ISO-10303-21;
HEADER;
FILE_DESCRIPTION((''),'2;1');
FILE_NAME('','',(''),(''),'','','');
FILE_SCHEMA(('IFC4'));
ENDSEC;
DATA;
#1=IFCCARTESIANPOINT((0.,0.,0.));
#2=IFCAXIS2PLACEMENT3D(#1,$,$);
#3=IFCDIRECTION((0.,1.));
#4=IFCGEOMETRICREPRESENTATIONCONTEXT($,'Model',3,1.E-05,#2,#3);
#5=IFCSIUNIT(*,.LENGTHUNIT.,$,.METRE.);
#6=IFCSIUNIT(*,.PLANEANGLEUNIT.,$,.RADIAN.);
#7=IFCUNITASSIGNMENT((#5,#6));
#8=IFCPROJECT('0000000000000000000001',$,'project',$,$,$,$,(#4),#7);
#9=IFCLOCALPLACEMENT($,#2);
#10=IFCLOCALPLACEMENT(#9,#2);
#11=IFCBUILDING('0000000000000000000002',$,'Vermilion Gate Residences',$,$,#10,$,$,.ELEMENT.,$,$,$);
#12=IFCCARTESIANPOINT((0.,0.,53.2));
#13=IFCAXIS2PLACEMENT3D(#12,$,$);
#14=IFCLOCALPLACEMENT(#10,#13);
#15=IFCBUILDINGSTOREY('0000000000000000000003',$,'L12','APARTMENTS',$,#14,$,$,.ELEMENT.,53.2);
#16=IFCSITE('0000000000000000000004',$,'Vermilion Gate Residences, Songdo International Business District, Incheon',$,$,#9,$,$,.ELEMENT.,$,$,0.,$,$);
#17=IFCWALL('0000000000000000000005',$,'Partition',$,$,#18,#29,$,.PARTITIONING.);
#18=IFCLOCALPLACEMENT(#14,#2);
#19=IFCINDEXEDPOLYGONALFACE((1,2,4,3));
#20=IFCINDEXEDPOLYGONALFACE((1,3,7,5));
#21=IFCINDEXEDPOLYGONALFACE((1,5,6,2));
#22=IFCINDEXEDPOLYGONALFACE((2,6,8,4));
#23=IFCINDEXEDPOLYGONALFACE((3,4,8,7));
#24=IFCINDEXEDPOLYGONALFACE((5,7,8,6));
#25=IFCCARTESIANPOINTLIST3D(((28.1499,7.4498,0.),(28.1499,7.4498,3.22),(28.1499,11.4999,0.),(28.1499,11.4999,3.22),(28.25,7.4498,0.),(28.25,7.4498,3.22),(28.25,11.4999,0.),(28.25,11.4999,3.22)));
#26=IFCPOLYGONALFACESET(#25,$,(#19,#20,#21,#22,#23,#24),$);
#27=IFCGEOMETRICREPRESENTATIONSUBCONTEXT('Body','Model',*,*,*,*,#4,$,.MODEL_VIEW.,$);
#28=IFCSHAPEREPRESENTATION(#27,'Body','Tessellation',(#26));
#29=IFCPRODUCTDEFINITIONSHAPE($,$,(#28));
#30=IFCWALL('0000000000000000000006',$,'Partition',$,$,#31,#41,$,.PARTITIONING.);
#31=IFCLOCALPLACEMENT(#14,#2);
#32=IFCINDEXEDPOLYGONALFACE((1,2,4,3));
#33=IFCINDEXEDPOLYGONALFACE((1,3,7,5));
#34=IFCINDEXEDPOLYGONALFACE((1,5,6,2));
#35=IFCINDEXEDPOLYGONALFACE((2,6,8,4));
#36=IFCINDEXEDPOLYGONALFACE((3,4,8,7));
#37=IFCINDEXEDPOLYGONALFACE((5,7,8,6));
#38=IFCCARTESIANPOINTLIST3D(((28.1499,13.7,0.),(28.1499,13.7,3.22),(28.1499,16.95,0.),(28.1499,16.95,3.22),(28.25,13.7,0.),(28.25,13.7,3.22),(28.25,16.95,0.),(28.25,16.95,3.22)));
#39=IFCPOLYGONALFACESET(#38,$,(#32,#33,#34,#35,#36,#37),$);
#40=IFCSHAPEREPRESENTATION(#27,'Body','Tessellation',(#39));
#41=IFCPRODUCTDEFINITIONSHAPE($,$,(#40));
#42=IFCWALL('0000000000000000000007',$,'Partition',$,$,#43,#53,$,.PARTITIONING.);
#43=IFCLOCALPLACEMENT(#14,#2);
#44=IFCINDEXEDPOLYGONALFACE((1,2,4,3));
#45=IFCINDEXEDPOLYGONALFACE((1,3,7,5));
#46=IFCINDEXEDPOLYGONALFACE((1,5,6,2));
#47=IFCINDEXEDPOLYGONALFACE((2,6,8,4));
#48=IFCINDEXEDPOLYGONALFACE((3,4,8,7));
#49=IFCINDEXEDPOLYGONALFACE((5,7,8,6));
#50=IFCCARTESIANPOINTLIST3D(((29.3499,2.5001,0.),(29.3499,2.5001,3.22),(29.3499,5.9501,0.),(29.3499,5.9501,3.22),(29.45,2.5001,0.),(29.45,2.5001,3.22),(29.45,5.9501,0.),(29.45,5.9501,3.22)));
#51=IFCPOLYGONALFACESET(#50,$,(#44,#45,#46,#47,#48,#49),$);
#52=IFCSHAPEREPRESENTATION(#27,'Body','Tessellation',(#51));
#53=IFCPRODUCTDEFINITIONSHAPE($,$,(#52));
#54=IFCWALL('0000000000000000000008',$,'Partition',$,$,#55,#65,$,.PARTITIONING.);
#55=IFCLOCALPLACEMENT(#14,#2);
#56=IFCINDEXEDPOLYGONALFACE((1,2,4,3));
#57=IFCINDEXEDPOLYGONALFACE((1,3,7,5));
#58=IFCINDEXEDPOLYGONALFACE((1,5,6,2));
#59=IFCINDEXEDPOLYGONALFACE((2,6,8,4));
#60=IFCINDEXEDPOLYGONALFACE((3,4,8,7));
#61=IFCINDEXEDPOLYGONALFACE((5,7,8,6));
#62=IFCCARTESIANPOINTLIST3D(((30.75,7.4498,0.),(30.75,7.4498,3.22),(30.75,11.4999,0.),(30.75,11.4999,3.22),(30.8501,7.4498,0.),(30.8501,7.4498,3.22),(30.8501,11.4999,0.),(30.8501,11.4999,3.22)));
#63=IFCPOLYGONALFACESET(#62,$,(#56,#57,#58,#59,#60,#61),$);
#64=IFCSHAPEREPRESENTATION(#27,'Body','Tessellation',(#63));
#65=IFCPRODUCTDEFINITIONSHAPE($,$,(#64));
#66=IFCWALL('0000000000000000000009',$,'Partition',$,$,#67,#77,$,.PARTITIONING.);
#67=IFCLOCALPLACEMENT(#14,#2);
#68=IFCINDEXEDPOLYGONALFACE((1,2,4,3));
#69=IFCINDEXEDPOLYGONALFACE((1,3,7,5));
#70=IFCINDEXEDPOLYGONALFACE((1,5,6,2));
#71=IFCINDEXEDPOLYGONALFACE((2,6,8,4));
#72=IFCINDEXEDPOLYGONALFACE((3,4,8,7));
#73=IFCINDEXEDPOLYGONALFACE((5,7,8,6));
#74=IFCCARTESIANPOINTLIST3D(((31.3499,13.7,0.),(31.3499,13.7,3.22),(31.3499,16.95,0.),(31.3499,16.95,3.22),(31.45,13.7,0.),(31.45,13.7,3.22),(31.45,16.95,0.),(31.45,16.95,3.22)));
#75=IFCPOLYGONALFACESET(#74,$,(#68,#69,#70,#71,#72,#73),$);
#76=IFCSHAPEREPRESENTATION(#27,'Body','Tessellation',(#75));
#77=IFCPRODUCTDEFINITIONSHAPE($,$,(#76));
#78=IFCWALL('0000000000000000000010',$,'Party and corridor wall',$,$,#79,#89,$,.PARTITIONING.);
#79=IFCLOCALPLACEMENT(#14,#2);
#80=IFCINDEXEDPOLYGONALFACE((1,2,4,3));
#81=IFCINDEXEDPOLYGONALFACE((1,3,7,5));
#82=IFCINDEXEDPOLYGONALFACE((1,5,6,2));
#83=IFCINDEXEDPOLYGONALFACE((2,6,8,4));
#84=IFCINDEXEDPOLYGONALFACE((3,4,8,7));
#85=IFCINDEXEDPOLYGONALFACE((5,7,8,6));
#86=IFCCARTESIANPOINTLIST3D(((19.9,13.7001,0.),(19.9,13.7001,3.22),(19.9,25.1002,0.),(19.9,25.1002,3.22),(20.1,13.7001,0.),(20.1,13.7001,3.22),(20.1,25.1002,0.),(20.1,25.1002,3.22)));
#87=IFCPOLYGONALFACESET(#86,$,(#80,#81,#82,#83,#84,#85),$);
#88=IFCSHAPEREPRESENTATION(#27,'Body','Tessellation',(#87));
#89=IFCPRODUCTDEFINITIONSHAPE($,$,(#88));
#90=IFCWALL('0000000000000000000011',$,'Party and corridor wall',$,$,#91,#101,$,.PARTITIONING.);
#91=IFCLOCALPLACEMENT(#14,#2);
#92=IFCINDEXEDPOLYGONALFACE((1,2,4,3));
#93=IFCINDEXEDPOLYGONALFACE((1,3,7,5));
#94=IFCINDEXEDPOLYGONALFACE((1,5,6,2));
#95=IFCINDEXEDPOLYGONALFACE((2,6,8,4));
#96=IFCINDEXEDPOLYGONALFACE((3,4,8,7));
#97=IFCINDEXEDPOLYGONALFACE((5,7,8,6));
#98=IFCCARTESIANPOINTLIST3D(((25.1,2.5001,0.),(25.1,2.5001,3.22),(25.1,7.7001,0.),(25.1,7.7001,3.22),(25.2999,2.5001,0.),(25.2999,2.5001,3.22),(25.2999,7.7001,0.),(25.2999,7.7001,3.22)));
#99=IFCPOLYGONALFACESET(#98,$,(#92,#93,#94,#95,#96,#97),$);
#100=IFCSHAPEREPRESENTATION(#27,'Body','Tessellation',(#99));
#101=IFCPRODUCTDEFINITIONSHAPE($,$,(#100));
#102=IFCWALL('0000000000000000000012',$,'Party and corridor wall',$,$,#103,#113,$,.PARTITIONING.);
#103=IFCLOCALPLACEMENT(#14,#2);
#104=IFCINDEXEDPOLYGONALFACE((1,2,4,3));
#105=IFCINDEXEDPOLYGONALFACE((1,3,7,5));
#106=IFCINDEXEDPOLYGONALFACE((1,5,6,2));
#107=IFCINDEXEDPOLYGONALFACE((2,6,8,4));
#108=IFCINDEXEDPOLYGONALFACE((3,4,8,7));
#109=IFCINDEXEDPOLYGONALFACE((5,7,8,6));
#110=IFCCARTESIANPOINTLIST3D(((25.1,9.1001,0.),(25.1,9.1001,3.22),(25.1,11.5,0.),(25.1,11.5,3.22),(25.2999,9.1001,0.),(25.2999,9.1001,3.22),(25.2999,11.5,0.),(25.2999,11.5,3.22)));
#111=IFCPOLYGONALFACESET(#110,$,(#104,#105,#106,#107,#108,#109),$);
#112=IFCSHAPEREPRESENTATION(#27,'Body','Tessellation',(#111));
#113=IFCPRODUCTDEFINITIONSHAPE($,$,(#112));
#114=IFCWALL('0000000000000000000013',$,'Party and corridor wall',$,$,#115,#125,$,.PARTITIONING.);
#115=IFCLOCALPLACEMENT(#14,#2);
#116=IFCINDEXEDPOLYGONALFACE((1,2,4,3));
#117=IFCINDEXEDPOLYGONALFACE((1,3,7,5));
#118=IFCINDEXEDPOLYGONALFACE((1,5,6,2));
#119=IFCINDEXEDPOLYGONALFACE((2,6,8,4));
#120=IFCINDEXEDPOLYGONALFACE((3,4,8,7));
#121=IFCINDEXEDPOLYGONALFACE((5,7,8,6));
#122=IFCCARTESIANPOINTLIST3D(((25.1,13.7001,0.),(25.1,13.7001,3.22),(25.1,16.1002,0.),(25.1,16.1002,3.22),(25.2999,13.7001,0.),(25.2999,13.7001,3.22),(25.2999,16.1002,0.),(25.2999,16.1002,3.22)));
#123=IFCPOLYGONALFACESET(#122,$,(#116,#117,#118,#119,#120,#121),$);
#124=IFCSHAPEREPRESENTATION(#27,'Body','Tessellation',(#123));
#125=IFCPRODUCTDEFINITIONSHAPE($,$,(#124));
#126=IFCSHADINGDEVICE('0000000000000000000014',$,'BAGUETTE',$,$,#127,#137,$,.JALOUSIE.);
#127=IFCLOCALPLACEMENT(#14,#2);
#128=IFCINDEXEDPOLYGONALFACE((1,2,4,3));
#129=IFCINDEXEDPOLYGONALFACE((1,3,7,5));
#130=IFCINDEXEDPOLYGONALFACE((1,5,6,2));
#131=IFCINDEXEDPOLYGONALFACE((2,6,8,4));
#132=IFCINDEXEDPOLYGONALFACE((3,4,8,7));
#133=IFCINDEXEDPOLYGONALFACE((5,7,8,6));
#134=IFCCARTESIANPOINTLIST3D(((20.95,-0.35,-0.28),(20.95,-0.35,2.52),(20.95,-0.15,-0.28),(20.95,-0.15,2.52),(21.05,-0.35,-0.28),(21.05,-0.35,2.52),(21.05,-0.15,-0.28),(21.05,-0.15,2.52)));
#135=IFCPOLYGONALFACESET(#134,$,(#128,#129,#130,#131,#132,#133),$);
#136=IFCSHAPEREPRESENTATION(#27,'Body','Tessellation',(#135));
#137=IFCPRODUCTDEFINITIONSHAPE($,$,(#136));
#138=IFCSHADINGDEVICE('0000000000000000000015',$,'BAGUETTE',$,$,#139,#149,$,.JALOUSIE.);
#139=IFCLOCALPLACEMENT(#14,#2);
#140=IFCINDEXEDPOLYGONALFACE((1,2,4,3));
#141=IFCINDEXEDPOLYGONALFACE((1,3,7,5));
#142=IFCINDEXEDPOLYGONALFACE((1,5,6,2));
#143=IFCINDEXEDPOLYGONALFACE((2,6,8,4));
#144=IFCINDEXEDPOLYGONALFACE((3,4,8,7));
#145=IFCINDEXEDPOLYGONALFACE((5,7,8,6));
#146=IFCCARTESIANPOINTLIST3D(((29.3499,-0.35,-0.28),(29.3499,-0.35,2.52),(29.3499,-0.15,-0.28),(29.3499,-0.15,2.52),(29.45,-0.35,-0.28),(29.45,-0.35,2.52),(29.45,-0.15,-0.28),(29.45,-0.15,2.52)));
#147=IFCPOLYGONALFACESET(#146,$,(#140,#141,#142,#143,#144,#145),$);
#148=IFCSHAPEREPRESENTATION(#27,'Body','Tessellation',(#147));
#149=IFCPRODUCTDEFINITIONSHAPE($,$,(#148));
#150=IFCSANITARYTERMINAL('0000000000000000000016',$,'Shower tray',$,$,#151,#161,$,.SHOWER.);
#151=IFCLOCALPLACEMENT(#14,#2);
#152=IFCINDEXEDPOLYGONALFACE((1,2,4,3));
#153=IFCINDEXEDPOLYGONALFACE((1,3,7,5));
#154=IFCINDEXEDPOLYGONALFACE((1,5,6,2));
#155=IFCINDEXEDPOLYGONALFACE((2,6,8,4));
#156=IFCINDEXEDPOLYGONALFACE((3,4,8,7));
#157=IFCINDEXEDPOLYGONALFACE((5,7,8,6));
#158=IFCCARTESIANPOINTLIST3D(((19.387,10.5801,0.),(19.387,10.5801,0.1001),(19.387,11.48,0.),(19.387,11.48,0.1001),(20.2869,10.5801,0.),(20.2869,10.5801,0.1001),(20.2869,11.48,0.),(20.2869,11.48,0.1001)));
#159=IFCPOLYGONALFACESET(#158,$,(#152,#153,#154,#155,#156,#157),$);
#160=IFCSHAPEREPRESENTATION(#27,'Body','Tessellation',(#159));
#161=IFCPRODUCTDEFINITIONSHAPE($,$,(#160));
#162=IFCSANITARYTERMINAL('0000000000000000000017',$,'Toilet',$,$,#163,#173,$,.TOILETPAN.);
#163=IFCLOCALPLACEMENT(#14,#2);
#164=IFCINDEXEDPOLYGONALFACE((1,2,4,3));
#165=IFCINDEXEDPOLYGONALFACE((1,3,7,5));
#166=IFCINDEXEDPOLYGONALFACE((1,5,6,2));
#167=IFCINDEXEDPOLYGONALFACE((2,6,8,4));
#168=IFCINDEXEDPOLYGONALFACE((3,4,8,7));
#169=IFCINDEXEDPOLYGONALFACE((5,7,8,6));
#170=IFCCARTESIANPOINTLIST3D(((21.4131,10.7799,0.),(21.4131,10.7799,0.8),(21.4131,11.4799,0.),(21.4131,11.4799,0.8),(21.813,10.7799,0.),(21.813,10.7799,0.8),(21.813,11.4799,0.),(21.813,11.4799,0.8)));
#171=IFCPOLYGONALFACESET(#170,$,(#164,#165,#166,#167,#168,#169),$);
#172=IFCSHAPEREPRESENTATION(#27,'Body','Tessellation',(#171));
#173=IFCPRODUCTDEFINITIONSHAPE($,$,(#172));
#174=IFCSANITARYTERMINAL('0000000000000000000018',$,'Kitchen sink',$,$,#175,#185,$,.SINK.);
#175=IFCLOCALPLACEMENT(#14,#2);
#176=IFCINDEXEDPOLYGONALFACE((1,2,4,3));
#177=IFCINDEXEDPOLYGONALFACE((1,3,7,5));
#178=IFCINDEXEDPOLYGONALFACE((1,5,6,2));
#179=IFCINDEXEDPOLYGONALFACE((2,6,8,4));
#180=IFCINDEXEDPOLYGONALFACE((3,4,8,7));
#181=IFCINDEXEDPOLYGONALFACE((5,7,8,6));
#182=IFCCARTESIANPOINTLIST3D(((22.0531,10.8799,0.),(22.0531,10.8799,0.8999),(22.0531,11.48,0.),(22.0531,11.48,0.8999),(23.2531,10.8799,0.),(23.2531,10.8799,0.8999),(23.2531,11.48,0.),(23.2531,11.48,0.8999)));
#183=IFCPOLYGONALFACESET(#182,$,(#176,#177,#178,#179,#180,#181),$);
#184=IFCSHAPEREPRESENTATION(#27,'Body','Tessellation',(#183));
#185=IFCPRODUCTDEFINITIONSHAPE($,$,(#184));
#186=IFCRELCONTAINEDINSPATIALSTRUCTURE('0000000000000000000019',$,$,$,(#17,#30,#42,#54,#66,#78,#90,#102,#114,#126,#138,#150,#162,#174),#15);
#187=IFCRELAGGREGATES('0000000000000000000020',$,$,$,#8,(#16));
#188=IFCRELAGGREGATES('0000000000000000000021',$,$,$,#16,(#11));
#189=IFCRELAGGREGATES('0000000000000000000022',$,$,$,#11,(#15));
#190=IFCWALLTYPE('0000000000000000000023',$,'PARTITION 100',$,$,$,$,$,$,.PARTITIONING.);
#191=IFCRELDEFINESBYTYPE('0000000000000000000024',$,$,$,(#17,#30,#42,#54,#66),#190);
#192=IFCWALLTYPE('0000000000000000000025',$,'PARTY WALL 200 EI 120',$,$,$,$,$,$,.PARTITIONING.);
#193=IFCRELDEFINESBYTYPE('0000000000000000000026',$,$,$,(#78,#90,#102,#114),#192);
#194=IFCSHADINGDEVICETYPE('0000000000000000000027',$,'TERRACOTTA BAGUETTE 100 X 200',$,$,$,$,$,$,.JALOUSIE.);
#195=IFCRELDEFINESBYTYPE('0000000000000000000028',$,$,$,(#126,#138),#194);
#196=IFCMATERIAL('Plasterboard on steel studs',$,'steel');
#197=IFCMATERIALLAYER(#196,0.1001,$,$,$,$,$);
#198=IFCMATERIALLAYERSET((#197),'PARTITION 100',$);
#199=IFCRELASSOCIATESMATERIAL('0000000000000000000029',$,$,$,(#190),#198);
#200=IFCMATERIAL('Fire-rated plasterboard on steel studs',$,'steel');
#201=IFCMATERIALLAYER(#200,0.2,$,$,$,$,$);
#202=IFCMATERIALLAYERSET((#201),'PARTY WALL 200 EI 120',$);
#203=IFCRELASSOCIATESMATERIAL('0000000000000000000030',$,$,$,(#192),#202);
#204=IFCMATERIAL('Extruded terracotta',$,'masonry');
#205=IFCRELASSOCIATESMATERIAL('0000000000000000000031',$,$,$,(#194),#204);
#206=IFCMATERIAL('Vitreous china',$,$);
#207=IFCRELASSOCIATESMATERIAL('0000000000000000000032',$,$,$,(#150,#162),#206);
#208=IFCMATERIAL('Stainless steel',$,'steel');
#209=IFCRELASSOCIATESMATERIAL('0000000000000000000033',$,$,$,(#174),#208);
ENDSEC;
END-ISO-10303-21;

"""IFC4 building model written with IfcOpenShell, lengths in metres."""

from ifc_helpers import new_model, si_unit, direction, frame, frame_2d, origin, origin_2d, place, context, subcontext, project, spatial, rectangle, extrude, material, layer, layer_set, material_profile, profile_set, type_object, element, save


model = new_model("IFC4")

# Units and contexts
model_context = context("Model", 3, precision=1e-05, world=origin(), true_north=direction((0.0, 1.0)))
body_context = subcontext(model_context, "Body", "Model", "MODEL_VIEW")
ifc_project = project(units=[si_unit("LENGTHUNIT", "METRE"), si_unit("PLANEANGLEUNIT", "RADIAN")], contexts=[model_context])

# Site, building, storey
site_placement = place(None, origin())
site = spatial("IfcSite", under=ifc_project, at=site_placement, Name="Vermilion Gate Residences, Songdo International Business District, Incheon", CompositionType="ELEMENT", RefElevation=0.0)
building_placement = place(site_placement, origin())
building = spatial("IfcBuilding", under=site, at=building_placement, Name="Vermilion Gate Residences", CompositionType="ELEMENT")
storey_placement = place(building_placement, frame((0.0, 0.0, 53.2)))
storey = spatial("IfcBuildingStorey", under=building, at=storey_placement, Name="L12", Description="APARTMENTS", CompositionType="ELEMENT", Elevation=53.2)

# Shared definitions
ifc_material_1 = material(Name="Plasterboard on steel studs", Category="steel")
ifc_layer_1 = layer(ifc_material_1, 0.1001)
ifc_layer_set_1 = layer_set([ifc_layer_1], Name="PARTITION 100")
wall_type_1 = type_object("IfcWallType", Name="PARTITION 100", PredefinedType="PARTITIONING", material=ifc_layer_set_1)

# Walls
wall_1_placement = place(storey_placement, frame((28.2, 7.45, 0.0), z_axis=(0.0, 0.0, 1.0), x_axis=(0.0, 1.0, 0.0)))
element("IfcWall", 1, at=wall_1_placement, inside=storey, type_object=wall_type_1, Name="Partition", PredefinedType="PARTITIONING", context=body_context, shape_type="SweptSolid", body=[
    extrude(rectangle(XDim=4.05, YDim=0.1001, at=frame_2d((2.0249, 0.0))), origin(), (0.0, 0.0, 1.0), 3.22),
])
wall_2_placement = place(storey_placement, frame((28.2, 13.7, 0.0), z_axis=(0.0, 0.0, 1.0), x_axis=(0.0, 1.0, 0.0)))
element("IfcWall", 2, at=wall_2_placement, inside=storey, type_object=wall_type_1, Name="Partition", PredefinedType="PARTITIONING", context=body_context, shape_type="SweptSolid", body=[
    extrude(rectangle(XDim=3.25, YDim=0.1001, at=frame_2d((1.625, 0.0))), origin(), (0.0, 0.0, 1.0), 3.22),
])
wall_3_placement = place(storey_placement, frame((29.3999, 2.5, 0.0), z_axis=(0.0, 0.0, 1.0), x_axis=(0.0, 1.0, 0.0)))
element("IfcWall", 3, at=wall_3_placement, inside=storey, type_object=wall_type_1, Name="Partition", PredefinedType="PARTITIONING", context=body_context, shape_type="SweptSolid", body=[
    extrude(rectangle(XDim=3.45, YDim=0.1001, at=frame_2d((1.7251, 0.0))), origin(), (0.0, 0.0, 1.0), 3.22),
])
wall_4_placement = place(storey_placement, frame((30.8, 7.45, 0.0), z_axis=(0.0, 0.0, 1.0), x_axis=(0.0, 1.0, 0.0)))
element("IfcWall", 4, at=wall_4_placement, inside=storey, type_object=wall_type_1, Name="Partition", PredefinedType="PARTITIONING", context=body_context, shape_type="SweptSolid", body=[
    extrude(rectangle(XDim=4.05, YDim=0.1001, at=frame_2d((2.0249, 0.0))), origin(), (0.0, 0.0, 1.0), 3.22),
])
wall_5_placement = place(storey_placement, frame((31.3999, 13.7, 0.0), z_axis=(0.0, 0.0, 1.0), x_axis=(0.0, 1.0, 0.0)))
element("IfcWall", 5, at=wall_5_placement, inside=storey, type_object=wall_type_1, Name="Partition", PredefinedType="PARTITIONING", context=body_context, shape_type="SweptSolid", body=[
    extrude(rectangle(XDim=3.25, YDim=0.1001, at=frame_2d((1.625, 0.0))), origin(), (0.0, 0.0, 1.0), 3.22),
])
ifc_material_2 = material(Name="Fire-rated plasterboard on steel studs", Category="steel")
ifc_layer_2 = layer(ifc_material_2, 0.2)
ifc_layer_set_2 = layer_set([ifc_layer_2], Name="PARTY WALL 200 EI 120")
wall_type_2 = type_object("IfcWallType", Name="PARTY WALL 200 EI 120", PredefinedType="PARTITIONING", material=ifc_layer_set_2)
wall_6_placement = place(storey_placement, frame((20.0, 13.7, 0.0), z_axis=(0.0, 0.0, 1.0), x_axis=(0.0, 1.0, 0.0)))
element("IfcWall", 6, at=wall_6_placement, inside=storey, type_object=wall_type_2, Name="Party and corridor wall", PredefinedType="PARTITIONING", context=body_context, shape_type="SweptSolid", body=[
    extrude(rectangle(XDim=11.4001, YDim=0.2, at=frame_2d((5.7002, 0.0))), origin(), (0.0, 0.0, 1.0), 3.22),
])
wall_7_placement = place(storey_placement, frame((25.2, 2.5, 0.0), z_axis=(0.0, 0.0, 1.0), x_axis=(0.0, 1.0, 0.0)))
element("IfcWall", 7, at=wall_7_placement, inside=storey, type_object=wall_type_2, Name="Party and corridor wall", PredefinedType="PARTITIONING", context=body_context, shape_type="SweptSolid", body=[
    extrude(rectangle(XDim=5.2, YDim=0.2, at=frame_2d((2.6001, 0.0))), origin(), (0.0, 0.0, 1.0), 3.22),
])
wall_8_placement = place(storey_placement, frame((25.2, 9.1001, 0.0), z_axis=(0.0, 0.0, 1.0), x_axis=(0.0, 1.0, 0.0)))
element("IfcWall", 8, at=wall_8_placement, inside=storey, type_object=wall_type_2, Name="Party and corridor wall", PredefinedType="PARTITIONING", context=body_context, shape_type="SweptSolid", body=[
    extrude(rectangle(XDim=2.3999, YDim=0.2, at=frame_2d((1.2, 0.0))), origin(), (0.0, 0.0, 1.0), 3.22),
])
wall_9_placement = place(storey_placement, frame((25.2, 13.7, 0.0), z_axis=(0.0, 0.0, 1.0), x_axis=(0.0, 1.0, 0.0)))
element("IfcWall", 9, at=wall_9_placement, inside=storey, type_object=wall_type_2, Name="Party and corridor wall", PredefinedType="PARTITIONING", context=body_context, shape_type="SweptSolid", body=[
    extrude(rectangle(XDim=2.4001, YDim=0.2, at=frame_2d((1.2002, 0.0))), origin(), (0.0, 0.0, 1.0), 3.22),
])

# Shading devices
ifc_material_3 = material(Name="Extruded terracotta", Category="masonry")
ifc_material_profile_1 = material_profile(ifc_material_3, rectangle(XDim=0.2, YDim=0.1001, at=origin_2d()), Name="BAGUETTE 100 X 200")
ifc_profile_set_1 = profile_set([ifc_material_profile_1], Name="Extruded terracotta")
shading_device_type = type_object("IfcShadingDeviceType", Name="TERRACOTTA BAGUETTE 100 X 200", PredefinedType="JALOUSIE", material=ifc_profile_set_1)
for number, where, z_axis, x_axis, name in (
    (10, (21.0, -0.25, -0.28), (0.0, 0.0, 1.0), (0.0, 1.0, 0.0), "BAGUETTE"),
    (11, (29.3999, -0.25, -0.28), (0.0, 0.0, 1.0), (0.0, 1.0, 0.0), "BAGUETTE"),
):
    element("IfcShadingDevice", number, at=place(storey_placement, frame(where, z_axis=z_axis, x_axis=x_axis)), inside=storey, type_object=shading_device_type, Name=name, PredefinedType="JALOUSIE", context=body_context, shape_type="SweptSolid", body=[
        extrude(rectangle(XDim=0.2, YDim=0.1001, at=origin_2d()), origin(), (0.0, 0.0, 1.0), 2.8),
    ])

# Sanitary terminals
ifc_material_4 = material(Name="Vitreous china")
sanitary_terminal_1_placement = place(storey_placement, frame((19.8369, 11.03, 0.0), z_axis=(0.0, 0.0, 1.0), x_axis=(1.0, 0.0, 0.0)))
element("IfcSanitaryTerminal", 12, at=sanitary_terminal_1_placement, inside=storey, material=ifc_material_4, Name="Shower tray", PredefinedType="SHOWER", context=body_context, shape_type="SweptSolid", body=[
    extrude(rectangle(XDim=0.8999, YDim=0.8999, at=origin_2d()), origin(), (0.0, 0.0, 1.0), 0.1001),
])
sanitary_terminal_2_placement = place(storey_placement, frame((21.613, 11.1299, 0.0), z_axis=(0.0, 0.0, 1.0), x_axis=(1.0, 0.0, 0.0)))
element("IfcSanitaryTerminal", 13, at=sanitary_terminal_2_placement, inside=storey, material=ifc_material_4, Name="Toilet", PredefinedType="TOILETPAN", context=body_context, shape_type="SweptSolid", body=[
    extrude(rectangle(XDim=0.3999, YDim=0.7, at=origin_2d()), origin(), (0.0, 0.0, 1.0), 0.8),
])
ifc_material_5 = material(Name="Stainless steel", Category="steel")
sanitary_terminal_3_placement = place(storey_placement, frame((22.6531, 11.1799, 0.0), z_axis=(0.0, 0.0, 1.0), x_axis=(1.0, 0.0, 0.0)))
element("IfcSanitaryTerminal", 14, at=sanitary_terminal_3_placement, inside=storey, material=ifc_material_5, Name="Kitchen sink", PredefinedType="SINK", context=body_context, shape_type="SweptSolid", body=[
    extrude(rectangle(XDim=1.2, YDim=0.6001, at=origin_2d()), origin(), (0.0, 0.0, 1.0), 0.8999),
])

save(model, "model.ifc")
